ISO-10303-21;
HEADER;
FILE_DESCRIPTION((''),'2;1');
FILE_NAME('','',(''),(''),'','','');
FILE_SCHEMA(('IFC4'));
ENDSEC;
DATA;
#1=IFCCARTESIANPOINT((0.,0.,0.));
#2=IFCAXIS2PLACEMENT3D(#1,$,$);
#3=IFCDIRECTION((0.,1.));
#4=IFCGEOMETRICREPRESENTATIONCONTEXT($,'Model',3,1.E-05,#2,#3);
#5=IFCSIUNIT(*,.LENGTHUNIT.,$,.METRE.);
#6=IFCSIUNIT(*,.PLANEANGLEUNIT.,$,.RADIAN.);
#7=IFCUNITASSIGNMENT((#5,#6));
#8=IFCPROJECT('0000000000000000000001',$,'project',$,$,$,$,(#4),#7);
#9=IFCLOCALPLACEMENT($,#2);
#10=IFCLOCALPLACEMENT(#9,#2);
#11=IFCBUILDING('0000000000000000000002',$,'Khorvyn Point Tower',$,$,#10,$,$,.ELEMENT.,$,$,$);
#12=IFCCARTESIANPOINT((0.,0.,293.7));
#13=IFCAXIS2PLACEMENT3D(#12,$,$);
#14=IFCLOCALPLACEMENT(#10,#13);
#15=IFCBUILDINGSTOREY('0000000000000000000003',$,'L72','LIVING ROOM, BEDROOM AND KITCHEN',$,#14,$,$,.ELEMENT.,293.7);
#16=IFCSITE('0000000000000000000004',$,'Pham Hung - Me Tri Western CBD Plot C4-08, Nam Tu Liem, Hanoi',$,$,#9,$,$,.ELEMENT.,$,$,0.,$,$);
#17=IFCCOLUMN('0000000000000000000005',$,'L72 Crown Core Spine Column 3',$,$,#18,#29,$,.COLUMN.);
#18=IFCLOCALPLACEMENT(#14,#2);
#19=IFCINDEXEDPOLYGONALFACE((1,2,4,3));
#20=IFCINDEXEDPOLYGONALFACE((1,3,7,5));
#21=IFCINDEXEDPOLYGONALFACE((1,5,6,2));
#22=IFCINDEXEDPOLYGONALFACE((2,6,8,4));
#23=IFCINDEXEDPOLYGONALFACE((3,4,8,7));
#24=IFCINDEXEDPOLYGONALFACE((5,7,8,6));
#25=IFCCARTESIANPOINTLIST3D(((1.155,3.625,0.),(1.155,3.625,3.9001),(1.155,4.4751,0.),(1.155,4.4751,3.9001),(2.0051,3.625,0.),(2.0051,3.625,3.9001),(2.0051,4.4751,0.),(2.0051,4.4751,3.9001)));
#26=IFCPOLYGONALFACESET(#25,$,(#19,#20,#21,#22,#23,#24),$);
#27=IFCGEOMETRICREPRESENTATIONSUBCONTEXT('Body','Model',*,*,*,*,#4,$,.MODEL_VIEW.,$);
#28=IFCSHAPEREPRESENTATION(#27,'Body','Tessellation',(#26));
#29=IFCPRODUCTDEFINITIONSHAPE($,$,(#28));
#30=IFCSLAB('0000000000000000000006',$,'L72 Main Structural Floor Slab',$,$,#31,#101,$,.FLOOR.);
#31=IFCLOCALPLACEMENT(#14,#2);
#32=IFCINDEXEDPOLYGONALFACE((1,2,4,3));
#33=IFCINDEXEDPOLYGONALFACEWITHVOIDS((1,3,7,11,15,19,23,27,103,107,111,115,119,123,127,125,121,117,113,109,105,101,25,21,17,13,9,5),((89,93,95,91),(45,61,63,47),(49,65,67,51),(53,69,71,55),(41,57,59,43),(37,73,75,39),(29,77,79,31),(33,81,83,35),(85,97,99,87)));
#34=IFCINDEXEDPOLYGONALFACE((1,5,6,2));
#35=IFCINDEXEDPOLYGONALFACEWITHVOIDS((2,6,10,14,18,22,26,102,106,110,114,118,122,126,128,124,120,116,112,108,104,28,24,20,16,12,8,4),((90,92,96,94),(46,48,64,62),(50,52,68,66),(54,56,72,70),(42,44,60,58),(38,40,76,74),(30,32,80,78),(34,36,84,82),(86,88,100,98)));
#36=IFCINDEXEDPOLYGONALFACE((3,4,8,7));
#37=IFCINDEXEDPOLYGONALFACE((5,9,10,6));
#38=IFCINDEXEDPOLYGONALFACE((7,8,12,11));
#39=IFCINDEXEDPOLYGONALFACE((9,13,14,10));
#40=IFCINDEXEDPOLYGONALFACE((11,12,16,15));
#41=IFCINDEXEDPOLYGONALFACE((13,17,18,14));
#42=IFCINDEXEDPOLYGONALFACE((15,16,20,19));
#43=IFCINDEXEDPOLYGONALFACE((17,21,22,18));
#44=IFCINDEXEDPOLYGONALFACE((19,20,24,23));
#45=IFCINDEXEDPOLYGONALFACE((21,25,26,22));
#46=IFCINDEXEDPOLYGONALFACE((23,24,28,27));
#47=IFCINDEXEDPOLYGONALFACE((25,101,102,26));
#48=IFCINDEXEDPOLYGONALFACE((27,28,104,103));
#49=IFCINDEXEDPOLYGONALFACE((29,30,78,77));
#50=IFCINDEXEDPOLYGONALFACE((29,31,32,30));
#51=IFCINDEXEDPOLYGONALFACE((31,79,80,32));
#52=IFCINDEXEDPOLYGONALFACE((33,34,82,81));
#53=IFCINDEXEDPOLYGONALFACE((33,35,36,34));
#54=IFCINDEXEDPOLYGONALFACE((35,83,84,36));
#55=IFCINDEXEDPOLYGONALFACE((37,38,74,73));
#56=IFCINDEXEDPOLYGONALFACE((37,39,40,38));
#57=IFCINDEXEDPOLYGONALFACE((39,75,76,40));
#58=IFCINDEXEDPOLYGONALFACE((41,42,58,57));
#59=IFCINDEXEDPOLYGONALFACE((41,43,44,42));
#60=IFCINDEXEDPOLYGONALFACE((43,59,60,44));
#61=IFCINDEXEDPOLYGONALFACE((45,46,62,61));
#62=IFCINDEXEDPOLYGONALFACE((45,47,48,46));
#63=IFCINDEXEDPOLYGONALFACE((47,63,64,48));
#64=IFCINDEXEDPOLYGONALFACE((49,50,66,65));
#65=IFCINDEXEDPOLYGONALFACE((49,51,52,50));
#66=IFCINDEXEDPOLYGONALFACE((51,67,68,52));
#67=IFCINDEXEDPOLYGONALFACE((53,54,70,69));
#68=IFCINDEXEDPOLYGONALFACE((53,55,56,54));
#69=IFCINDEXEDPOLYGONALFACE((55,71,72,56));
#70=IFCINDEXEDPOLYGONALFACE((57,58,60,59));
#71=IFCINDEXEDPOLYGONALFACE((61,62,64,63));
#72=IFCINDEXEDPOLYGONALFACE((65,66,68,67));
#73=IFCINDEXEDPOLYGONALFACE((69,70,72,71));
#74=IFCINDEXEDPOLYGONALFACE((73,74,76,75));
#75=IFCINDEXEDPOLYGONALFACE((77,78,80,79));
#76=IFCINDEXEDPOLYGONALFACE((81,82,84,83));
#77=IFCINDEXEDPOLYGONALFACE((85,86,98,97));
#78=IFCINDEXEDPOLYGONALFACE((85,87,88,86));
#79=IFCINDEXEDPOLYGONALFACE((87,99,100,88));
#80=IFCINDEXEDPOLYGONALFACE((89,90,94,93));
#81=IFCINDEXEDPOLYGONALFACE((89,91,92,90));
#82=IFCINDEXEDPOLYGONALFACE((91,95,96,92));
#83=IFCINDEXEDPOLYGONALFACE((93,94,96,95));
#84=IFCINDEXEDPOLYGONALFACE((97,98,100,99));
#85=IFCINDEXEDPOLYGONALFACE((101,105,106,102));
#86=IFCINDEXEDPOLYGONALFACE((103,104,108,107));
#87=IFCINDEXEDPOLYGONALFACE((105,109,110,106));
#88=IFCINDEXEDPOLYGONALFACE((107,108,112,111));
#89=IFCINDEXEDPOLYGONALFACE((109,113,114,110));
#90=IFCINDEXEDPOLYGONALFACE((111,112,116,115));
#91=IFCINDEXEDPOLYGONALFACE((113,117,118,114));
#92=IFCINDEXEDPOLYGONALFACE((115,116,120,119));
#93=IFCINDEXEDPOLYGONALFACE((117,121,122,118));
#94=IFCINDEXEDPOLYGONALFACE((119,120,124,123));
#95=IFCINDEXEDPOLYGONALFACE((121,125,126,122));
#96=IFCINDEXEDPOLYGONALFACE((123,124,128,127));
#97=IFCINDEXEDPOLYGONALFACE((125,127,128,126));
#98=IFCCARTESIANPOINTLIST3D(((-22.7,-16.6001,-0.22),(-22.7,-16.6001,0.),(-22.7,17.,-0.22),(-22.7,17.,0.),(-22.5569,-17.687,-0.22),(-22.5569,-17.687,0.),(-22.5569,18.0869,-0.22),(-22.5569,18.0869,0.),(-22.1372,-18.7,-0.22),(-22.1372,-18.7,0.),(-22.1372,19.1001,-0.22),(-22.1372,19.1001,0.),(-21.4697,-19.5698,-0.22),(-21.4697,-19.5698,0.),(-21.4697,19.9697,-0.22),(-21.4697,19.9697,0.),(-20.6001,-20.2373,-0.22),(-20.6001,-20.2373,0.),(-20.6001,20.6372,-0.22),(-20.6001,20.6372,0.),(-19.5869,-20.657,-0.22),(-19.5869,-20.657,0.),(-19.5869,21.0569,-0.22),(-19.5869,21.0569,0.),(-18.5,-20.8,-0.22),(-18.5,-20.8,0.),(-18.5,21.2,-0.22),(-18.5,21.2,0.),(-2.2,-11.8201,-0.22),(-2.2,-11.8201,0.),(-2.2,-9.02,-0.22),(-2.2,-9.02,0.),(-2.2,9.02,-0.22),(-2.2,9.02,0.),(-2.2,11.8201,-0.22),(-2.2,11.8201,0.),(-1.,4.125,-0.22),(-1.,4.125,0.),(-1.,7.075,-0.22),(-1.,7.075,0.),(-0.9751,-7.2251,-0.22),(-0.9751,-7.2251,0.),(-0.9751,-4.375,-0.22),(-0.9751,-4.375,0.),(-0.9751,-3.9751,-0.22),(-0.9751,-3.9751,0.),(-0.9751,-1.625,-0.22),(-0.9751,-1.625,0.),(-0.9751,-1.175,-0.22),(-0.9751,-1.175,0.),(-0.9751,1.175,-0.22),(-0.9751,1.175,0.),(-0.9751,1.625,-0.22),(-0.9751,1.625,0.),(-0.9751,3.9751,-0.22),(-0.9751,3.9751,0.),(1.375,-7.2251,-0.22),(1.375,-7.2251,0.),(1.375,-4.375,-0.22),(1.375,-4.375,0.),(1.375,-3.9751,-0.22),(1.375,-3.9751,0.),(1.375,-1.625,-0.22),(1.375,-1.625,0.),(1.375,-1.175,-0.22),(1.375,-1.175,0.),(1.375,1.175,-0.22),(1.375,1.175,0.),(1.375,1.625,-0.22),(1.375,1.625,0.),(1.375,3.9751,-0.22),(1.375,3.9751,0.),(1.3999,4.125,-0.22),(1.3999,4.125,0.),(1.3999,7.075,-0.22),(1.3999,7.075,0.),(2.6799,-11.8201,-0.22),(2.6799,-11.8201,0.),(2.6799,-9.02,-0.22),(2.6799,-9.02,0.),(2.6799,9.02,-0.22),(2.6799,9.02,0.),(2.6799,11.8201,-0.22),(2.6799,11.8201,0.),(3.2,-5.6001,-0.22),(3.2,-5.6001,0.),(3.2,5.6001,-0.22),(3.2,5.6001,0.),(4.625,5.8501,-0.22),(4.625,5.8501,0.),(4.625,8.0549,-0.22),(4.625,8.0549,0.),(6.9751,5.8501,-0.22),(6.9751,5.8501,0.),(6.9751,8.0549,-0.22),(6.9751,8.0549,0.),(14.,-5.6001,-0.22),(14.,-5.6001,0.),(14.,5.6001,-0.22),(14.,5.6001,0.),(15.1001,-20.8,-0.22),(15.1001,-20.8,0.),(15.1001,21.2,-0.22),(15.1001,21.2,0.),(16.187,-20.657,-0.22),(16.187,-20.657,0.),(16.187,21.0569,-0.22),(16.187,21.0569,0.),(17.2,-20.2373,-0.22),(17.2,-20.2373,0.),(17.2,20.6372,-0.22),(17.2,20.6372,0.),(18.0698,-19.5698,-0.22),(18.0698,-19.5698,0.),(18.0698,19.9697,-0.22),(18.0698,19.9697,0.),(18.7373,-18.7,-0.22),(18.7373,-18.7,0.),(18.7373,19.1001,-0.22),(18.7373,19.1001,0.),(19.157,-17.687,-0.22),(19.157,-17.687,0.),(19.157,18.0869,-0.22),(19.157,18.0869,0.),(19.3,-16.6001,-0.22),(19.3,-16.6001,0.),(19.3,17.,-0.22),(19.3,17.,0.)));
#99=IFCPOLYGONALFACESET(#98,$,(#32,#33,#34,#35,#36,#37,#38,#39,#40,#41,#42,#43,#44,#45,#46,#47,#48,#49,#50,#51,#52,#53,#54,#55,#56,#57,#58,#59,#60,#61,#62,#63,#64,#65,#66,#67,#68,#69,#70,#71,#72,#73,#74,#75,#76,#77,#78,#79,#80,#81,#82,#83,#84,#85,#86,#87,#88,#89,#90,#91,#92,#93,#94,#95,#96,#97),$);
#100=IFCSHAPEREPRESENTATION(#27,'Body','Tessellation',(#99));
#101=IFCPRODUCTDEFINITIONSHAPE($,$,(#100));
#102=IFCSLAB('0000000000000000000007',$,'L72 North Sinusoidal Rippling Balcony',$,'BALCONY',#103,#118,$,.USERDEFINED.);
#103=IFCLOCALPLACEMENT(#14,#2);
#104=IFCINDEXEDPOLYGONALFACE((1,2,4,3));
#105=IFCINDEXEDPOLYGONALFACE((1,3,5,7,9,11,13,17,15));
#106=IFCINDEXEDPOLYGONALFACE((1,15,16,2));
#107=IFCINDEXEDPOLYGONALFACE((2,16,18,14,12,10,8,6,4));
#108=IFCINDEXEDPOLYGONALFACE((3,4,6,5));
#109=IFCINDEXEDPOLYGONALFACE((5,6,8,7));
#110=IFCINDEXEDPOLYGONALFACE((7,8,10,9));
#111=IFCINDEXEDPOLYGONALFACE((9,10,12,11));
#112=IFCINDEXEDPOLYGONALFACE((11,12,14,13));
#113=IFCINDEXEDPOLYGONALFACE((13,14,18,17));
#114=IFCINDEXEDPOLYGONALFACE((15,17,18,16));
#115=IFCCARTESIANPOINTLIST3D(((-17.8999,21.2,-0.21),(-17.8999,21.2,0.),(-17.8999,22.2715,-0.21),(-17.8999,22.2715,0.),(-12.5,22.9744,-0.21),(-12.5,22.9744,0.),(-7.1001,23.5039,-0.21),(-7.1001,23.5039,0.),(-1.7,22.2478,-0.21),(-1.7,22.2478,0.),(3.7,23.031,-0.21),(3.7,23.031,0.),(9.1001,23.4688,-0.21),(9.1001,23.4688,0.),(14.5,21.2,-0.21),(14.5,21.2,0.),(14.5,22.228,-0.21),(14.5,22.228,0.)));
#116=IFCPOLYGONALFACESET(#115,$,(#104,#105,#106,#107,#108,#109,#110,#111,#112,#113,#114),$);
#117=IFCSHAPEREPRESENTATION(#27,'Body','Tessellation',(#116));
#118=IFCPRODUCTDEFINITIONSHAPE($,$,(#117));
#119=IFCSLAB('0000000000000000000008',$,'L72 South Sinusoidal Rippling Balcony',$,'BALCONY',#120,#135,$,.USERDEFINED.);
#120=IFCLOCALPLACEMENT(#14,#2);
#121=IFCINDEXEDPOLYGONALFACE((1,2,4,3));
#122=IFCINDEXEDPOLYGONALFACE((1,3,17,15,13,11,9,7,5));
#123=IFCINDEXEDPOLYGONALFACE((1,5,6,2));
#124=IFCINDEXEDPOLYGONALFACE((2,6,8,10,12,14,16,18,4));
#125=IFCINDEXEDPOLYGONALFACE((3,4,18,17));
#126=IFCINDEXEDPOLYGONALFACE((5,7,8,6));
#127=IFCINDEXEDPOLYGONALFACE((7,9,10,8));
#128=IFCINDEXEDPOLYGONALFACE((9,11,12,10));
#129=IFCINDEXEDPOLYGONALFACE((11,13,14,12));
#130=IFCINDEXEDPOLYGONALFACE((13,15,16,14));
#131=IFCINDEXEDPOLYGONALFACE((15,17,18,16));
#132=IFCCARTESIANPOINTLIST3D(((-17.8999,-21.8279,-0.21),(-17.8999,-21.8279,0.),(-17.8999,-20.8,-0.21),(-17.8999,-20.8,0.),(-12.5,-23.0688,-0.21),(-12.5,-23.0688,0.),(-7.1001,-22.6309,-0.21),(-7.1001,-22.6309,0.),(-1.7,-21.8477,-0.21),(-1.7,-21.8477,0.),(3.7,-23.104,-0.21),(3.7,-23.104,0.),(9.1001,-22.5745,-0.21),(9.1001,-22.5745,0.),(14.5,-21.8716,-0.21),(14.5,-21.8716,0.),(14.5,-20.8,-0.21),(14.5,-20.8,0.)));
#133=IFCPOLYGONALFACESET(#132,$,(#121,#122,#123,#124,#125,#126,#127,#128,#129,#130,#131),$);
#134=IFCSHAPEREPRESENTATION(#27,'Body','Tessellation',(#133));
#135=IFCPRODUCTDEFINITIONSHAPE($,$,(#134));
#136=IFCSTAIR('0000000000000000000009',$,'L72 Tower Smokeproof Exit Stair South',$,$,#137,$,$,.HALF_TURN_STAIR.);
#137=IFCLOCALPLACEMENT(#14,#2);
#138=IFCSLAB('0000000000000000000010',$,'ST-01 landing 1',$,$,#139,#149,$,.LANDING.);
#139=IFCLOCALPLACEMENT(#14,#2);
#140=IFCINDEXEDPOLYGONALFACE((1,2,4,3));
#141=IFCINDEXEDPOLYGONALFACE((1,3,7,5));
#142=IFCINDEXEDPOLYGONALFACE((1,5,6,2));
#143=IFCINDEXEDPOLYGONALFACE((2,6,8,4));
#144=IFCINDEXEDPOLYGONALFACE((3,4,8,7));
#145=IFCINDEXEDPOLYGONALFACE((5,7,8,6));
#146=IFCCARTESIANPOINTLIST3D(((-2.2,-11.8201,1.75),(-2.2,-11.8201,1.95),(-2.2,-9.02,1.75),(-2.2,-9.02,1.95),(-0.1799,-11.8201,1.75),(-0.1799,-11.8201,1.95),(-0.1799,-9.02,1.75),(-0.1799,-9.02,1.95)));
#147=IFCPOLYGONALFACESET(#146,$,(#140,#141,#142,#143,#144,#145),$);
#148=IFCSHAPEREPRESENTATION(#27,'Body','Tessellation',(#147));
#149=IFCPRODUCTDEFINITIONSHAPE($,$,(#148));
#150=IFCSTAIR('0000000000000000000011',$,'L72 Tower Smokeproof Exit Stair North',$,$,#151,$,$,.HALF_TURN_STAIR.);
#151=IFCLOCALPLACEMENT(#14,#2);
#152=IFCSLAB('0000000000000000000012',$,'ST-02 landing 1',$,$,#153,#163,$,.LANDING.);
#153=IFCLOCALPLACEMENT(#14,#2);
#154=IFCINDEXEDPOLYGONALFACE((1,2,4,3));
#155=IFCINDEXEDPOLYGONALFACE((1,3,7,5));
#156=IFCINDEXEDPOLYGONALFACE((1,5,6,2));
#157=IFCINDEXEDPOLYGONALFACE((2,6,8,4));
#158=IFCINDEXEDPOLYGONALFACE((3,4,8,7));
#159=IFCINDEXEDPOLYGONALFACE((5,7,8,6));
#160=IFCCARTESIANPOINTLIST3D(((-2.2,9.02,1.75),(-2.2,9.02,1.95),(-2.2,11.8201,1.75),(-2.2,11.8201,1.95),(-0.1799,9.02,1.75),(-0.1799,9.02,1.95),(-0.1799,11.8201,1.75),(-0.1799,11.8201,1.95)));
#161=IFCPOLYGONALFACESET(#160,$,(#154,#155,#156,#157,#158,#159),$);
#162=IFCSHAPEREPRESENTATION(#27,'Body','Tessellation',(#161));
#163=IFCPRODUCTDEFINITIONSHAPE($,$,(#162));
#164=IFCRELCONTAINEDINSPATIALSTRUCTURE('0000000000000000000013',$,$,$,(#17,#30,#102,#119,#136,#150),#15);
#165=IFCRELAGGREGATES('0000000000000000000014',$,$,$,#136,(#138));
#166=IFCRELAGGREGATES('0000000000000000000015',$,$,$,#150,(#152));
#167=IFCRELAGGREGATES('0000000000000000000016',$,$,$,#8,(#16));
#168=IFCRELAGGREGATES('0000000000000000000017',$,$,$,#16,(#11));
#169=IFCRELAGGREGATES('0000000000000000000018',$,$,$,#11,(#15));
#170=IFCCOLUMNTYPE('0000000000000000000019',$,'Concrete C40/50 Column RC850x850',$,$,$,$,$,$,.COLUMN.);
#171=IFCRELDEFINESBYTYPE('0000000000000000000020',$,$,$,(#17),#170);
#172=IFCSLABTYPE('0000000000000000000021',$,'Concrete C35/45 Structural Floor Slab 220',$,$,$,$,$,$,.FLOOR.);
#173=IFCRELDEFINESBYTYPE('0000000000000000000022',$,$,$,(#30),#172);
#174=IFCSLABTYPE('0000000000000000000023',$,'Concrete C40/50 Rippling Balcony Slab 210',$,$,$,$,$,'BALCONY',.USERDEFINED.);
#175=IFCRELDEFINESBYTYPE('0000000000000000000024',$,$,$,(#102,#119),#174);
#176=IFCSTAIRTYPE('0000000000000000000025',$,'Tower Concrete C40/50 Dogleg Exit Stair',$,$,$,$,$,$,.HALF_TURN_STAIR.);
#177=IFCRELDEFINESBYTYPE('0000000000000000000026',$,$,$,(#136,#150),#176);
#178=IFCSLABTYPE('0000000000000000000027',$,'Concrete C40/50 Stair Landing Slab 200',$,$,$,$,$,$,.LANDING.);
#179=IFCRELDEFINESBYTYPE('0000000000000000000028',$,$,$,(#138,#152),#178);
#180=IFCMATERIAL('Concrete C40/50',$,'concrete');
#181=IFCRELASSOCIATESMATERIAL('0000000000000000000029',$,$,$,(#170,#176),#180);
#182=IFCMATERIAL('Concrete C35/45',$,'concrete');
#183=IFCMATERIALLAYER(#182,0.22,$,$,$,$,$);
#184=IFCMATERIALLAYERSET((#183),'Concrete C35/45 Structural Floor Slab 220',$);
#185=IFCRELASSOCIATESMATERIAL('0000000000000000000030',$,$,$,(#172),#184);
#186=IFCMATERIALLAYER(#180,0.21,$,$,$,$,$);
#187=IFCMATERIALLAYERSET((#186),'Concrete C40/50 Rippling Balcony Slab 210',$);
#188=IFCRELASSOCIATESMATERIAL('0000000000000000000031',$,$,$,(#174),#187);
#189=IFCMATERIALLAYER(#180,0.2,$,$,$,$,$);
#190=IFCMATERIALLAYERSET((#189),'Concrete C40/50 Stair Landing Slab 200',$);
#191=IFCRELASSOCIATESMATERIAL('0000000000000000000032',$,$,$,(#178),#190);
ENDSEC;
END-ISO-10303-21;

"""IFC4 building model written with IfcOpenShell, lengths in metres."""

from ifc_helpers import new_model, si_unit, direction, frame, origin, origin_2d, place, context, subcontext, project, spatial, polyline, rectangle, outline, extrude, material, layer, layer_set, material_profile, profile_set, type_object, element, aggregate, save


model = new_model("IFC4")

# Units and contexts
model_context = context("Model", 3, precision=1e-05, world=origin(), true_north=direction((0.0, 1.0)))
body_context = subcontext(model_context, "Body", "Model", "MODEL_VIEW")
ifc_project = project(units=[si_unit("LENGTHUNIT", "METRE"), si_unit("PLANEANGLEUNIT", "RADIAN")], contexts=[model_context])

# Site, building, storey
site_placement = place(None, origin())
site = spatial("IfcSite", under=ifc_project, at=site_placement, Name="Pham Hung - Me Tri Western CBD Plot C4-08, Nam Tu Liem, Hanoi", CompositionType="ELEMENT", RefElevation=0.0)
building_placement = place(site_placement, origin())
building = spatial("IfcBuilding", under=site, at=building_placement, Name="Khorvyn Point Tower", CompositionType="ELEMENT")
storey_placement = place(building_placement, frame((0.0, 0.0, 293.7)))
storey = spatial("IfcBuildingStorey", under=building, at=storey_placement, Name="L72", Description="LIVING ROOM, BEDROOM AND KITCHEN", CompositionType="ELEMENT", Elevation=293.7)

# Column
ifc_material_1 = material(Name="Concrete C40/50", Category="concrete")
ifc_material_profile = material_profile(ifc_material_1, rectangle(XDim=0.8501, YDim=0.8501, at=origin_2d()))
ifc_profile_set = profile_set([ifc_material_profile], Name="Concrete C40/50 RC850x850")
column_type = type_object("IfcColumnType", Name="Concrete C40/50 Column RC850x850", PredefinedType="COLUMN", material=ifc_profile_set)
column_placement = place(storey_placement, frame((1.5801, 4.05, 0.0), z_axis=(0.0, 0.0, 1.0), x_axis=(1.0, 0.0, 0.0)))
element("IfcColumn", 1, at=column_placement, inside=storey, type_object=column_type, Name="L72 Crown Core Spine Column 3", PredefinedType="COLUMN", context=body_context, shape_type="SweptSolid", body=[
    extrude(rectangle(XDim=0.8501, YDim=0.8501, at=origin_2d()), origin(), (0.0, 0.0, 1.0), 3.9001),
])

# Slabs
ifc_material_2 = material(Name="Concrete C35/45", Category="concrete")
ifc_layer_1 = layer(ifc_material_2, 0.22)
ifc_layer_set_1 = layer_set([ifc_layer_1], Name="Concrete C35/45 Structural Floor Slab 220")
slab_type_1 = type_object("IfcSlabType", Name="Concrete C35/45 Structural Floor Slab 220", PredefinedType="FLOOR", material=ifc_layer_set_1)
slab_1_placement = place(storey_placement, frame((0.0, 0.0, -0.22)))
element("IfcSlab", 2, at=slab_1_placement, inside=storey, type_object=slab_type_1, Name="L72 Main Structural Floor Slab", PredefinedType="FLOOR", context=body_context, shape_type="SweptSolid", body=[
    extrude(outline(polyline([(-18.5, -20.8), (-19.5869, -20.657), (-20.6001, -20.2373), (-21.4697, -19.5698), (-22.1372, -18.7), (-22.5569, -17.687), (-22.7, -16.6001), (-22.7, 17.0), (-22.5569, 18.0869), (-22.1372, 19.1001), (-21.4697, 19.9697), (-20.6001, 20.6372), (-19.5869, 21.0569), (-18.5, 21.2), (15.1001, 21.2), (16.187, 21.0569), (17.2, 20.6372), (18.0698, 19.9697), (18.7373, 19.1001), (19.157, 18.0869), (19.3, 17.0), (19.3, -16.6001), (19.157, -17.687), (18.7373, -18.7), (18.0698, -19.5698), (17.2, -20.2373), (16.187, -20.657), (15.1001, -20.8), (-18.5, -20.8)]), holes=[polyline([(2.6799, -11.8201), (2.6799, -9.02), (-2.2, -9.02), (-2.2, -11.8201), (2.6799, -11.8201)]), polyline([(1.375, -7.2251), (1.375, -4.375), (-0.9751, -4.375), (-0.9751, -7.2251), (1.375, -7.2251)]), polyline([(1.375, -3.9751), (1.375, -1.625), (-0.9751, -1.625), (-0.9751, -3.9751), (1.375, -3.9751)]), polyline([(1.375, -1.175), (1.375, 1.175), (-0.9751, 1.175), (-0.9751, -1.175), (1.375, -1.175)]), polyline([(14.0, -5.6001), (14.0, 5.6001), (3.2, 5.6001), (3.2, -5.6001), (14.0, -5.6001)]), polyline([(1.375, 1.625), (1.375, 3.9751), (-0.9751, 3.9751), (-0.9751, 1.625), (1.375, 1.625)]), polyline([(1.3999, 4.125), (1.3999, 7.075), (-1.0, 7.075), (-1.0, 4.125), (1.3999, 4.125)]), polyline([(4.625, 5.8501), (6.9751, 5.8501), (6.9751, 8.0549), (4.625, 8.0549), (4.625, 5.8501)]), polyline([(-2.2, 9.02), (2.6799, 9.02), (2.6799, 11.8201), (-2.2, 11.8201), (-2.2, 9.02)])]), origin(), (0.0, 0.0, 1.0), 0.22),
])
ifc_layer_2 = layer(ifc_material_1, 0.21)
ifc_layer_set_2 = layer_set([ifc_layer_2], Name="Concrete C40/50 Rippling Balcony Slab 210")
slab_type_2 = type_object("IfcSlabType", Name="Concrete C40/50 Rippling Balcony Slab 210", ElementType="BALCONY", PredefinedType="USERDEFINED", material=ifc_layer_set_2)
slab_2_placement = place(storey_placement, frame((0.0, 0.0, -0.21)))
element("IfcSlab", 3, at=slab_2_placement, inside=storey, type_object=slab_type_2, Name="L72 North Sinusoidal Rippling Balcony", ObjectType="BALCONY", PredefinedType="USERDEFINED", context=body_context, shape_type="SweptSolid", body=[
    extrude(outline(polyline([(14.5, 21.2), (14.5, 22.228), (9.1001, 23.4688), (3.7, 23.031), (-1.7, 22.2478), (-7.1001, 23.5039), (-12.5, 22.9744), (-17.8999, 22.2715), (-17.8999, 21.2), (14.5, 21.2)])), origin(), (0.0, 0.0, 1.0), 0.21),
])
slab_3_placement = place(storey_placement, frame((0.0, 0.0, -0.21)))
element("IfcSlab", 4, at=slab_3_placement, inside=storey, type_object=slab_type_2, Name="L72 South Sinusoidal Rippling Balcony", ObjectType="BALCONY", PredefinedType="USERDEFINED", context=body_context, shape_type="SweptSolid", body=[
    extrude(outline(polyline([(-17.8999, -20.8), (-17.8999, -21.8279), (-12.5, -23.0688), (-7.1001, -22.6309), (-1.7, -21.8477), (3.7, -23.104), (9.1001, -22.5745), (14.5, -21.8716), (14.5, -20.8), (-17.8999, -20.8)])), origin(), (0.0, 0.0, 1.0), 0.21),
])

# Stairs, slabs
stair_type = type_object("IfcStairType", Name="Tower Concrete C40/50 Dogleg Exit Stair", PredefinedType="HALF_TURN_STAIR", material=ifc_material_1)
stair_1_placement = place(storey_placement, origin())
stair_1 = element("IfcStair", 5, at=stair_1_placement, inside=storey, type_object=stair_type, Name="L72 Tower Smokeproof Exit Stair South", PredefinedType="HALF_TURN_STAIR")
ifc_layer_3 = layer(ifc_material_1, 0.2)
ifc_layer_set_3 = layer_set([ifc_layer_3], Name="Concrete C40/50 Stair Landing Slab 200")
slab_type_3 = type_object("IfcSlabType", Name="Concrete C40/50 Stair Landing Slab 200", PredefinedType="LANDING", material=ifc_layer_set_3)
slab_4_placement = place(storey_placement, frame((0.0, 0.0, 1.75)))
slab_4 = element("IfcSlab", 6, at=slab_4_placement, type_object=slab_type_3, Name="ST-01 landing 1", PredefinedType="LANDING", context=body_context, shape_type="SweptSolid", body=[
    extrude(outline(polyline([(-0.1799, -9.02), (-2.2, -9.02), (-2.2, -11.8201), (-0.1799, -11.8201), (-0.1799, -9.02)])), origin(), (0.0, 0.0, 1.0), 0.2),
])
aggregate(stair_1, [slab_4])
stair_2_placement = place(storey_placement, origin())
stair_2 = element("IfcStair", 7, at=stair_2_placement, inside=storey, type_object=stair_type, Name="L72 Tower Smokeproof Exit Stair North", PredefinedType="HALF_TURN_STAIR")
slab_5_placement = place(storey_placement, frame((0.0, 0.0, 1.75)))
slab_5 = element("IfcSlab", 8, at=slab_5_placement, type_object=slab_type_3, Name="ST-02 landing 1", PredefinedType="LANDING", context=body_context, shape_type="SweptSolid", body=[
    extrude(outline(polyline([(-0.1799, 11.8201), (-2.2, 11.8201), (-2.2, 9.02), (-0.1799, 9.02), (-0.1799, 11.8201)])), origin(), (0.0, 0.0, 1.0), 0.2),
])

aggregate(stair_2, [slab_5])

save(model, "model.ifc")
